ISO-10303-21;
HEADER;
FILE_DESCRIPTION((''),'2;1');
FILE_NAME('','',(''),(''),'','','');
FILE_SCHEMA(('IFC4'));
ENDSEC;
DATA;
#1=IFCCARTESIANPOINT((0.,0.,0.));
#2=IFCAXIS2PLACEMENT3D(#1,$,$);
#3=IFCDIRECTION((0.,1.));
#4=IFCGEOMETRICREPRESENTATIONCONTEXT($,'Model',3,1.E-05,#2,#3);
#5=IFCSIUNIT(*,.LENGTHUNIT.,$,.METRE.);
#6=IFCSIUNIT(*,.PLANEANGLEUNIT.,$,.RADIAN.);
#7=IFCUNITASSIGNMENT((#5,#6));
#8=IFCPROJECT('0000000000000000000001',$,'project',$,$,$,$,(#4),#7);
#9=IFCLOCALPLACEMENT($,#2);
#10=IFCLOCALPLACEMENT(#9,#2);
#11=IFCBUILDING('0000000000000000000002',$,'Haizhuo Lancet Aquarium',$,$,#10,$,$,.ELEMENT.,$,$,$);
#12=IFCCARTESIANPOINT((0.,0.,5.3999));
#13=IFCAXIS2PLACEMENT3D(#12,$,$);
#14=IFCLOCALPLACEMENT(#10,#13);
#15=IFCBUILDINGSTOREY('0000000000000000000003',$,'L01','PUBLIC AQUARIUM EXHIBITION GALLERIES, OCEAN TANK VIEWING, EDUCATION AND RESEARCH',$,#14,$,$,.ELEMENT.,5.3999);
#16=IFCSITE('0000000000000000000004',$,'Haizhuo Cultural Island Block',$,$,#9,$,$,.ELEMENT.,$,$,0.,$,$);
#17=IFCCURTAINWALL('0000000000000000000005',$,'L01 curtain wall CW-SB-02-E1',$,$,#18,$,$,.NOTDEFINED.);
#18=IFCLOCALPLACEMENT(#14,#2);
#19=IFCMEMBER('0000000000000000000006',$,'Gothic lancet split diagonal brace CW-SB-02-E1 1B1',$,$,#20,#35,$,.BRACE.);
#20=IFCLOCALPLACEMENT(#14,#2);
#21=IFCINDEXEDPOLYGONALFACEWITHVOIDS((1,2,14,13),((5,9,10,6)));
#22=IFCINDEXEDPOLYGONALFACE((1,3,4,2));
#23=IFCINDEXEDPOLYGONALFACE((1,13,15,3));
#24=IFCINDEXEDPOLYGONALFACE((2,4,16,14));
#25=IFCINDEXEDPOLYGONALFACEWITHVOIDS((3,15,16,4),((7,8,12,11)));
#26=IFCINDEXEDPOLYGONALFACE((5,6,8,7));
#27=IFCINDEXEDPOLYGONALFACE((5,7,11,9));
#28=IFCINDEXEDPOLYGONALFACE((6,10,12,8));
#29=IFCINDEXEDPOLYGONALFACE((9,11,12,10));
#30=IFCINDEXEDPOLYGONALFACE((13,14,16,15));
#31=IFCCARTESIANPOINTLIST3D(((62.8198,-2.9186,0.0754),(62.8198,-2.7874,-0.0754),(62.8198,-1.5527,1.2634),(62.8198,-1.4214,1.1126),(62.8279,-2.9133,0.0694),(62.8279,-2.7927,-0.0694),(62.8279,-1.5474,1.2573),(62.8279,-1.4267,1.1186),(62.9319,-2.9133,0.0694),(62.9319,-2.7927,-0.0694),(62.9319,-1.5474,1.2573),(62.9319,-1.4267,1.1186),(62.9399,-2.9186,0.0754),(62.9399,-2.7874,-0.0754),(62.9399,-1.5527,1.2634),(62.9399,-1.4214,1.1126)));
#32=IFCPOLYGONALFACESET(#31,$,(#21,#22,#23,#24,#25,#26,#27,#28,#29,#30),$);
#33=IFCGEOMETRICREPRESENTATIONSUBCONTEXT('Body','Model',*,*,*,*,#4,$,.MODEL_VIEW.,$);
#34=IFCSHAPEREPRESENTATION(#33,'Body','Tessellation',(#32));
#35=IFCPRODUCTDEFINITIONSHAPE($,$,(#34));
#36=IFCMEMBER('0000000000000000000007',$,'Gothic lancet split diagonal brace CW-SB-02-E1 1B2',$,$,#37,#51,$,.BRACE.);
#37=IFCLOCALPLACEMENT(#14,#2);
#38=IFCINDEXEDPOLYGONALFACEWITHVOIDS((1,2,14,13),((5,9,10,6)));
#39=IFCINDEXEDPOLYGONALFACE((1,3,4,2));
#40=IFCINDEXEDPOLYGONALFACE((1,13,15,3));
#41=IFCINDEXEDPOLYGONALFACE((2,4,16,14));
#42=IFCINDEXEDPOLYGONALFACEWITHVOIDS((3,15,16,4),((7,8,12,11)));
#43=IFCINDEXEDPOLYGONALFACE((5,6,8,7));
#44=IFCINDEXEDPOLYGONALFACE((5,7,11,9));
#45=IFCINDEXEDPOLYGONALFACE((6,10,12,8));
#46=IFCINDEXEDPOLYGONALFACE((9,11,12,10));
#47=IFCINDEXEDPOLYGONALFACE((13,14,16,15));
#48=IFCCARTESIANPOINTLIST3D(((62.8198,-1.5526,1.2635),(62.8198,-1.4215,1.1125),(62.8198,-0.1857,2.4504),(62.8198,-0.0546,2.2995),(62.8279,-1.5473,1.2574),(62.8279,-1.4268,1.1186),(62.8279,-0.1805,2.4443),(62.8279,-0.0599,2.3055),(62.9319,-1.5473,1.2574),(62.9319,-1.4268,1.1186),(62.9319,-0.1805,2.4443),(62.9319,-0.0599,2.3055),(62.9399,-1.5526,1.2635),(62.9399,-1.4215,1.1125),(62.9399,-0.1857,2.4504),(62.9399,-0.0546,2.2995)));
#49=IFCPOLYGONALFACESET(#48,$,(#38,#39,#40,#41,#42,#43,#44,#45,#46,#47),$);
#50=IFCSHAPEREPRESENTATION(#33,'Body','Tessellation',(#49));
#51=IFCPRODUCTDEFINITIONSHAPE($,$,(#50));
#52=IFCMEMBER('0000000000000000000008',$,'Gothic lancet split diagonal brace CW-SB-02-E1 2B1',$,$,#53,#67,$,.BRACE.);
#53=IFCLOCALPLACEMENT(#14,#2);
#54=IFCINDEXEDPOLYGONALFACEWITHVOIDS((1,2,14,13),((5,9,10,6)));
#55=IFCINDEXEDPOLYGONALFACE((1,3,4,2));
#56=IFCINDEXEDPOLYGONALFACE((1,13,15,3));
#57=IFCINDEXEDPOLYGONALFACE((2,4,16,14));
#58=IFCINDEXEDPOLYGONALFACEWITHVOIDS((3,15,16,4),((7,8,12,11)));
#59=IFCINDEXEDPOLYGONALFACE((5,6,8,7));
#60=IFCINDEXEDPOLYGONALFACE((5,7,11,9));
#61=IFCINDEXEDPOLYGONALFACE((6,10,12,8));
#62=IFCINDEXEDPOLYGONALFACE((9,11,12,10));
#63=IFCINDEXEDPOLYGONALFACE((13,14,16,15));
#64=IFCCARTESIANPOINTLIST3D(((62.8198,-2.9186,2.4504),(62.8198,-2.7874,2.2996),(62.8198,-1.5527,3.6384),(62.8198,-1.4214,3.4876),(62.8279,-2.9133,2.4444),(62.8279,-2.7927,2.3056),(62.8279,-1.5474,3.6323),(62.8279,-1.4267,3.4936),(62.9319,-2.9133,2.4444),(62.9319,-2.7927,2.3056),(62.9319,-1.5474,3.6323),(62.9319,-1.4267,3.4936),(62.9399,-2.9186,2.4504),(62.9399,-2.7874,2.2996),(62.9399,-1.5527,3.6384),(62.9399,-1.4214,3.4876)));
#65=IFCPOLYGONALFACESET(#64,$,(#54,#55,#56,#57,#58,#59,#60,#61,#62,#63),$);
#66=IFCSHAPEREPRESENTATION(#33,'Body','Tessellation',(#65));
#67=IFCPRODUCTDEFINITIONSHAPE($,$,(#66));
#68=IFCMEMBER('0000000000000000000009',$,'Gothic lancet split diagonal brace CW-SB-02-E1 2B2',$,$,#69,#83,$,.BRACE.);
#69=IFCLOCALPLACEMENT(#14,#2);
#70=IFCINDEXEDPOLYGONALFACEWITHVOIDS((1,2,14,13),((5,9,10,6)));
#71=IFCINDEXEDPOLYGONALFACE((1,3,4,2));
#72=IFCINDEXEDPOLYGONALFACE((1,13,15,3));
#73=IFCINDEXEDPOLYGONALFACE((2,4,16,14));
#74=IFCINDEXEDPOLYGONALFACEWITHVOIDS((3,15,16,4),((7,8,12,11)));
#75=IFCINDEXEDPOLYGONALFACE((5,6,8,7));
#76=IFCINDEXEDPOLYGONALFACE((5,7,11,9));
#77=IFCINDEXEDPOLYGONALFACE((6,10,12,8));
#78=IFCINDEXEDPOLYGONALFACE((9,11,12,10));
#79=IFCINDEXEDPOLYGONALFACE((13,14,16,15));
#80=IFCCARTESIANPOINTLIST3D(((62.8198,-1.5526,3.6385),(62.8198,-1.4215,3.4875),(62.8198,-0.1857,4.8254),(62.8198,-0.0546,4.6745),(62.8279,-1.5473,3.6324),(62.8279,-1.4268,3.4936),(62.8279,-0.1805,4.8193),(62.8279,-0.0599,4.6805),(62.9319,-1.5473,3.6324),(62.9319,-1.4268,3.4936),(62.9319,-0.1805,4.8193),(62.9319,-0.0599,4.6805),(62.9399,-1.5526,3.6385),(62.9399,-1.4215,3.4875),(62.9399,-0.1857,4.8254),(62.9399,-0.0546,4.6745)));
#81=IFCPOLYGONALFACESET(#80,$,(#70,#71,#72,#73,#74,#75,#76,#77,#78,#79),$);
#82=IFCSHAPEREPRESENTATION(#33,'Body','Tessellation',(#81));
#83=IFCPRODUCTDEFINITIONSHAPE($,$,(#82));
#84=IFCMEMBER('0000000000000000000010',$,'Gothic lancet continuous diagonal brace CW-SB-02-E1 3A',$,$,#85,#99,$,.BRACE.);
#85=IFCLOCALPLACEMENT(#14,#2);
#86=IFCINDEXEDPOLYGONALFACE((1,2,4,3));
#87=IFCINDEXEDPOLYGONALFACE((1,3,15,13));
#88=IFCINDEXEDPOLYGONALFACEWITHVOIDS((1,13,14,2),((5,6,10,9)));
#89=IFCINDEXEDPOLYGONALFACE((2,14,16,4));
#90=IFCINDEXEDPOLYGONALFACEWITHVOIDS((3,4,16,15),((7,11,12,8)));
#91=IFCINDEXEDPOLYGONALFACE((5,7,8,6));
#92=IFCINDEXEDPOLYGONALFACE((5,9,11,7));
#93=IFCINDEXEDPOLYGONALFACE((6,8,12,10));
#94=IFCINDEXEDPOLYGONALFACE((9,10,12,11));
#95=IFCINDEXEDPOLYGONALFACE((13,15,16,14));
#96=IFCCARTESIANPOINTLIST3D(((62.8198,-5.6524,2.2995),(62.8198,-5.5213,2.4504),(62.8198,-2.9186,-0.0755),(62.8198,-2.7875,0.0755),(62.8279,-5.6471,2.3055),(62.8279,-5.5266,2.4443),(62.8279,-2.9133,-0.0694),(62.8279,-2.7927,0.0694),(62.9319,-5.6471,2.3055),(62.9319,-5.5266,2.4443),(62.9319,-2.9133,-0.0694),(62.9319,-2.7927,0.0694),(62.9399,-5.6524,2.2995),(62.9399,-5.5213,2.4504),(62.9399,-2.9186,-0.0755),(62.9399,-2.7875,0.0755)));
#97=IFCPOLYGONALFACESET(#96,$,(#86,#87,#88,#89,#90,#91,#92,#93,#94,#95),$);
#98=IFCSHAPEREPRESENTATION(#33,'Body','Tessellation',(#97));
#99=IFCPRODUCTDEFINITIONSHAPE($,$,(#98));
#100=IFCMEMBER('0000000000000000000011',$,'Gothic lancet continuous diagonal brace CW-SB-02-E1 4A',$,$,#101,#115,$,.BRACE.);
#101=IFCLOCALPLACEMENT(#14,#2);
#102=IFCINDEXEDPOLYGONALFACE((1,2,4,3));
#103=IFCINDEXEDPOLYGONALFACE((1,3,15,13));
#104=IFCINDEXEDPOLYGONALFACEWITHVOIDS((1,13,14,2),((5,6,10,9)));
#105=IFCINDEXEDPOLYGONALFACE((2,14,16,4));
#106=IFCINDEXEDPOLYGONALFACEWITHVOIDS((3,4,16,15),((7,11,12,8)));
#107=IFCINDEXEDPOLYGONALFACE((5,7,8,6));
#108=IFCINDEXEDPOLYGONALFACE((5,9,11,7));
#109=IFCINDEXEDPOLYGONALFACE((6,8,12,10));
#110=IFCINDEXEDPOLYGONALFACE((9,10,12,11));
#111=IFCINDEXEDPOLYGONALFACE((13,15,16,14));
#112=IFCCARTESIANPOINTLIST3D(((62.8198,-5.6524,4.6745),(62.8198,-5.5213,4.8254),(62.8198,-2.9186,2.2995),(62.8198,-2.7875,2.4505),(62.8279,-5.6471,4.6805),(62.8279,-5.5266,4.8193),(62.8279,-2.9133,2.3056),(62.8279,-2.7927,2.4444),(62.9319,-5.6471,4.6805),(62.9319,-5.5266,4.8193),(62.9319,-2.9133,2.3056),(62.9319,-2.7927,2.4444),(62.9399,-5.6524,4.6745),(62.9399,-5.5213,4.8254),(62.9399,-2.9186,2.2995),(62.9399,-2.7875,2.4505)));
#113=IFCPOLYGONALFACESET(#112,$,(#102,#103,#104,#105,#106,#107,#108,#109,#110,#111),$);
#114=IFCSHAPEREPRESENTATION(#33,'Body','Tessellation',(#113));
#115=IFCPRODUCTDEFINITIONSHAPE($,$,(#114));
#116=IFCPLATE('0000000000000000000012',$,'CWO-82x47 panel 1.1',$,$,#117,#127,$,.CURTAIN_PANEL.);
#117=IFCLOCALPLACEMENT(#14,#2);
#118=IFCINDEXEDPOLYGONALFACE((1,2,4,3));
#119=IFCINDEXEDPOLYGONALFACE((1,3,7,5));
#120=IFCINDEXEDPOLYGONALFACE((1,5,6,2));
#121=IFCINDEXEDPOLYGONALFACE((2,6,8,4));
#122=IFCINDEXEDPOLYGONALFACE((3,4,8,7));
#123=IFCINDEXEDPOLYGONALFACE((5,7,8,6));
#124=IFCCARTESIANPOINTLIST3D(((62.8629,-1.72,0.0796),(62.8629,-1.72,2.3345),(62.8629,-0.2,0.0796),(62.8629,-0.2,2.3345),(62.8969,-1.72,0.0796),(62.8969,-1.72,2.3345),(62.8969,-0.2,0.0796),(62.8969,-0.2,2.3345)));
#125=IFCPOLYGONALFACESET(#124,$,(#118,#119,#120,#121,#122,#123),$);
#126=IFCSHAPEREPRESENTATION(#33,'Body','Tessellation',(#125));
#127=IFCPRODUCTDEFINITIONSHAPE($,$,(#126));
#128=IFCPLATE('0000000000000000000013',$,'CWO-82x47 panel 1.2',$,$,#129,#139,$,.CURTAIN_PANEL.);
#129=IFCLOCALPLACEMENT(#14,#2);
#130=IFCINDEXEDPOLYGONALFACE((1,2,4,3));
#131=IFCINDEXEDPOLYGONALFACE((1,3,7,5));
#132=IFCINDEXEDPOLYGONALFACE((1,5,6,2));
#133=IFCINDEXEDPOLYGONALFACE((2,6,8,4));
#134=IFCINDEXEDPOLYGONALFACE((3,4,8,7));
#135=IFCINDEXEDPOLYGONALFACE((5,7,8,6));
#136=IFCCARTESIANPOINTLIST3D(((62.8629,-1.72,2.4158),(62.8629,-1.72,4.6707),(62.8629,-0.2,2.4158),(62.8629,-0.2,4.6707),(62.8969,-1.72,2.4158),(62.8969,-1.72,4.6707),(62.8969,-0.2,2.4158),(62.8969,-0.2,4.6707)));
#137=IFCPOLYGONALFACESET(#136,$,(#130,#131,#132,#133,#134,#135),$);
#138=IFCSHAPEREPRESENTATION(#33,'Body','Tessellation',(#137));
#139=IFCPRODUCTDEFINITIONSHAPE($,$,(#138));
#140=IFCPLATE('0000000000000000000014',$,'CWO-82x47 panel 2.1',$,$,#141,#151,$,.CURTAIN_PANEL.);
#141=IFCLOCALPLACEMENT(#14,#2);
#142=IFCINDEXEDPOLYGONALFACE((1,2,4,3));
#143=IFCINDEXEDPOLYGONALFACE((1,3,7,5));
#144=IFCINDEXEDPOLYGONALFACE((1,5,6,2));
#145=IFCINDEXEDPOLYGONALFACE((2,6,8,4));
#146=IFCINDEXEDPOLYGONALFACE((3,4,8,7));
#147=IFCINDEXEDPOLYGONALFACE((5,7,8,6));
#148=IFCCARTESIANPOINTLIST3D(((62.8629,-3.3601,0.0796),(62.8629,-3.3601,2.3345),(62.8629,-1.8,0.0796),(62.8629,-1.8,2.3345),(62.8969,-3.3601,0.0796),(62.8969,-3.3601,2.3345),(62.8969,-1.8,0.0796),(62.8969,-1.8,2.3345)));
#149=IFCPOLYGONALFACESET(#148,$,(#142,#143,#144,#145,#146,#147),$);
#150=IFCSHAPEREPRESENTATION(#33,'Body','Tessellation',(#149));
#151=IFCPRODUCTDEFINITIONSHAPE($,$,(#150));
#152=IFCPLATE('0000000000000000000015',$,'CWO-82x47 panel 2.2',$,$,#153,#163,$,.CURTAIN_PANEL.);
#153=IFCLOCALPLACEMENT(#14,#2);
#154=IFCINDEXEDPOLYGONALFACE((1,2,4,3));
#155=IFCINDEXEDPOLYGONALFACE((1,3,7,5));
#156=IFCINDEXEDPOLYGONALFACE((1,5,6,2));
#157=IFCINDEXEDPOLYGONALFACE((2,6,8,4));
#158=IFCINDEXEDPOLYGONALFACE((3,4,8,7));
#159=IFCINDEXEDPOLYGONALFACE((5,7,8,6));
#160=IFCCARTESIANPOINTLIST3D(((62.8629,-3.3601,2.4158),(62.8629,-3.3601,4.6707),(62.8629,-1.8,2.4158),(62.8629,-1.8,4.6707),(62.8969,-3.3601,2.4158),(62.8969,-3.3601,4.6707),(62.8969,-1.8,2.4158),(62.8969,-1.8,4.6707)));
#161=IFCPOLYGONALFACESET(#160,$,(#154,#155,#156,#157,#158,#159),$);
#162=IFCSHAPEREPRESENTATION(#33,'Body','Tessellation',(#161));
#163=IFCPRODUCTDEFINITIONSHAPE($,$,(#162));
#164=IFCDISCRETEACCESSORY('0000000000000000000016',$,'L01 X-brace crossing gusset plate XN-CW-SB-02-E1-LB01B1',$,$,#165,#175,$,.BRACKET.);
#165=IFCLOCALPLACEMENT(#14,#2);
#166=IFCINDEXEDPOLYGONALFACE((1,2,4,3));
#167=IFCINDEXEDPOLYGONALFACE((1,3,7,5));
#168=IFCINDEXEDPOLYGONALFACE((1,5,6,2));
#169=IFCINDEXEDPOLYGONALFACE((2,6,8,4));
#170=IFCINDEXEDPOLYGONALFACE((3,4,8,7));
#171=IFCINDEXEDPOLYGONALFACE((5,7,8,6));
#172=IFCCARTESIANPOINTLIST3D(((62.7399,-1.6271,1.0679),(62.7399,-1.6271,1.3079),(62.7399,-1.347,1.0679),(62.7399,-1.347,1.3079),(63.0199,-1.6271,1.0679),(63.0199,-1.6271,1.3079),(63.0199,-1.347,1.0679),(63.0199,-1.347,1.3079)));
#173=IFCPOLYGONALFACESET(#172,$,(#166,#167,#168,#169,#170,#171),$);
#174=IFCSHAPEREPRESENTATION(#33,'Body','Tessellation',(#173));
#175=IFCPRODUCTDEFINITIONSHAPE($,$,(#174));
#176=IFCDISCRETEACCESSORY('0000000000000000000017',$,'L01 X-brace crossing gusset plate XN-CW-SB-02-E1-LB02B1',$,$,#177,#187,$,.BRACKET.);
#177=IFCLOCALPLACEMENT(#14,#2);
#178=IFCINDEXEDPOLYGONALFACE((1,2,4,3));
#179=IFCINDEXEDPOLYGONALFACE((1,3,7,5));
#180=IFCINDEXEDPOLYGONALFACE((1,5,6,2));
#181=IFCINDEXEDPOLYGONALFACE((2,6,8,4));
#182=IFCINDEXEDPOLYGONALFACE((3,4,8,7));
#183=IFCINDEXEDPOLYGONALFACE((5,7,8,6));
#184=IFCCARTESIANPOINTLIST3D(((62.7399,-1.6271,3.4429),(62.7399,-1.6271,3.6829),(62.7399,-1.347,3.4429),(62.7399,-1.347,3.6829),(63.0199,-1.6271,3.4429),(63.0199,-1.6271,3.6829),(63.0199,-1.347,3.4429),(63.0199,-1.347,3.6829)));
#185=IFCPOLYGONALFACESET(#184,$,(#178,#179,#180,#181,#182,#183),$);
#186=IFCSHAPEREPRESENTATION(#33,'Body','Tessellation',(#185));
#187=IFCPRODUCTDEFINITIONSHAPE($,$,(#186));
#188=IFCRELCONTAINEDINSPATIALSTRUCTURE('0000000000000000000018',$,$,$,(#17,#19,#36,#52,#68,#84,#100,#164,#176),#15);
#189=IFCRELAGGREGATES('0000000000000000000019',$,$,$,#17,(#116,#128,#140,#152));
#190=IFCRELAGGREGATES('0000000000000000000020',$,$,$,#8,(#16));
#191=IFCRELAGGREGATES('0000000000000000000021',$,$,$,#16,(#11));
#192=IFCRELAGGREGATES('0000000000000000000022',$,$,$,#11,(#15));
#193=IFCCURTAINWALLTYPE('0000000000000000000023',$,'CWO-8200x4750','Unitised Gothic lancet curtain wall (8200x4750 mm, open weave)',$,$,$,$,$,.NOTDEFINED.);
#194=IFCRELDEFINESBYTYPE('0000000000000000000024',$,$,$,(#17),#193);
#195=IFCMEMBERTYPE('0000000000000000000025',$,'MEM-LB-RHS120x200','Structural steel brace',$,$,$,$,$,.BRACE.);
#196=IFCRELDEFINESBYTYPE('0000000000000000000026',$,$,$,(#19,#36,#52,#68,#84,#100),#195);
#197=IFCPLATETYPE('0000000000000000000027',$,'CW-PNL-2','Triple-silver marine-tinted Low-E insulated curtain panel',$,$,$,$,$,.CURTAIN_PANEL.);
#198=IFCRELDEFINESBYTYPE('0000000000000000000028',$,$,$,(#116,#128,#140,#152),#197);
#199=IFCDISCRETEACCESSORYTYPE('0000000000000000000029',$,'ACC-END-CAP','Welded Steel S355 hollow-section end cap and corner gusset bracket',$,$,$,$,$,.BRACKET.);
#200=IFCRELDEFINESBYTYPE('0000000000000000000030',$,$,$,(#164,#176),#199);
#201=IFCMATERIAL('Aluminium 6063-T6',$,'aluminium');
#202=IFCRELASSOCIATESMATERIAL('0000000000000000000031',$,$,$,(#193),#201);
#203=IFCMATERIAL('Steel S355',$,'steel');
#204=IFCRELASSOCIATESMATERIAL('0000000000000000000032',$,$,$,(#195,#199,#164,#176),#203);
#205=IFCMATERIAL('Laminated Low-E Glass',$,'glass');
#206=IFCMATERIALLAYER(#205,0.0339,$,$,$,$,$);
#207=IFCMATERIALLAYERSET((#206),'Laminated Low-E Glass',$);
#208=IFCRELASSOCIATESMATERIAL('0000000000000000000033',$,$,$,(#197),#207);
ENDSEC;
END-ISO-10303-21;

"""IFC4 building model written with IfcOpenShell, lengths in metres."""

from ifc_helpers import new_model, si_unit, direction, frame, origin, origin_2d, place, context, subcontext, project, spatial, rectangle, hollow_rectangle, extrude, material, layer, layer_set, material_profile, profile_set, type_object, element, aggregate, save


model = new_model("IFC4")

# Units and contexts
model_context = context("Model", 3, precision=1e-05, world=origin(), true_north=direction((0.0, 1.0)))
body_context = subcontext(model_context, "Body", "Model", "MODEL_VIEW")
ifc_project = project(units=[si_unit("LENGTHUNIT", "METRE"), si_unit("PLANEANGLEUNIT", "RADIAN")], contexts=[model_context])

# Site, building, storey
site_placement = place(None, origin())
site = spatial("IfcSite", under=ifc_project, at=site_placement, Name="Haizhuo Cultural Island Block", CompositionType="ELEMENT", RefElevation=0.0)
building_placement = place(site_placement, origin())
building = spatial("IfcBuilding", under=site, at=building_placement, Name="Haizhuo Lancet Aquarium", CompositionType="ELEMENT")
storey_placement = place(building_placement, frame((0.0, 0.0, 5.3999)))
storey = spatial("IfcBuildingStorey", under=building, at=storey_placement, Name="L01", Description="PUBLIC AQUARIUM EXHIBITION GALLERIES, OCEAN TANK VIEWING, EDUCATION AND RESEARCH", CompositionType="ELEMENT", Elevation=5.3999)

# Curtain wall
ifc_material_1 = material(Name="Aluminium 6063-T6", Category="aluminium")
curtain_wall_type = type_object("IfcCurtainWallType", Name="CWO-8200x4750", Description="Unitised Gothic lancet curtain wall (8200x4750 mm, open weave)", PredefinedType="NOTDEFINED", material=ifc_material_1)
curtain_wall_placement = place(storey_placement, origin())
curtain_wall = element("IfcCurtainWall", 1, at=curtain_wall_placement, inside=storey, type_object=curtain_wall_type, Name="L01 curtain wall CW-SB-02-E1", PredefinedType="NOTDEFINED")

# Members
ifc_material_2 = material(Name="Steel S355", Category="steel")
ifc_material_profile_1 = material_profile(ifc_material_2, hollow_rectangle(XDim=0.1201, YDim=0.2, WallThickness=0.0081, at=origin_2d()), Name="RHS 120x200x8")
ifc_profile_set_1 = profile_set([ifc_material_profile_1], Name="Steel S355")
member_type_1 = type_object("IfcMemberType", Name="MEM-LB-RHS120x200", Description="Structural steel brace", PredefinedType="BRACE", material=ifc_profile_set_1)
for number, where, z_axis, x_axis, name in (
    (2, (62.8799, -2.853, 0.0), (0.0, 0.754553, 0.656239), (-1.0, 0.0, 0.0), "Gothic lancet split diagonal brace CW-SB-02-E1 1B1"),
    (3, (62.8799, -1.4871, 1.188), (0.0, 0.755052, 0.655664), (-1.0, 0.0, 0.0), "Gothic lancet split diagonal brace CW-SB-02-E1 1B2"),
    (4, (62.8799, -2.853, 2.375), (0.0, 0.754553, 0.656239), (-1.0, 0.0, 0.0), "Gothic lancet split diagonal brace CW-SB-02-E1 2B1"),
    (5, (62.8799, -1.4871, 3.563), (0.0, 0.755052, 0.655664), (-1.0, 0.0, 0.0), "Gothic lancet split diagonal brace CW-SB-02-E1 2B2"),
):
    element("IfcMember", number, at=place(storey_placement, frame(where, z_axis=z_axis, x_axis=x_axis)), inside=storey, type_object=member_type_1, Name=name, PredefinedType="BRACE", context=body_context, shape_type="SweptSolid", body=[
        extrude(hollow_rectangle(XDim=0.1201, YDim=0.2, WallThickness=0.0081, at=origin_2d()), origin(), (0.0, 0.0, 1.0), 1.8103),
    ])
for number, where, z_axis, x_axis, name in (
    (6, (62.8799, -2.853, 0.0), (0.0, -0.754919, 0.655818), (1.0, 0.0, 0.0), "Gothic lancet continuous diagonal brace CW-SB-02-E1 3A"),
    (7, (62.8799, -2.853, 2.375), (0.0, -0.754919, 0.655818), (1.0, 0.0, 0.0), "Gothic lancet continuous diagonal brace CW-SB-02-E1 4A"),
):
    element("IfcMember", number, at=place(storey_placement, frame(where, z_axis=z_axis, x_axis=x_axis)), inside=storey, type_object=member_type_1, Name=name, PredefinedType="BRACE", context=body_context, shape_type="SweptSolid", body=[
        extrude(hollow_rectangle(XDim=0.1201, YDim=0.2, WallThickness=0.0081, at=origin_2d()), origin(), (0.0, 0.0, 1.0), 3.6213),
    ])

# Plates
ifc_material_3 = material(Name="Laminated Low-E Glass", Category="glass")
ifc_layer = layer(ifc_material_3, 0.0339)
ifc_layer_set = layer_set([ifc_layer], Name="Laminated Low-E Glass")
plate_type = type_object("IfcPlateType", Name="CW-PNL-2", Description="Triple-silver marine-tinted Low-E insulated curtain panel", PredefinedType="CURTAIN_PANEL", material=ifc_layer_set)
plate_1_placement = place(storey_placement, frame((62.8799, -0.96, 0.0796), z_axis=(0.0, 0.0, 1.0), x_axis=(0.0, -1.0, 0.0)))
plate_1 = element("IfcPlate", 8, at=plate_1_placement, type_object=plate_type, Name="CWO-82x47 panel 1.1", PredefinedType="CURTAIN_PANEL", context=body_context, shape_type="SweptSolid", body=[
    extrude(rectangle(XDim=1.52, YDim=0.0339, at=origin_2d()), origin(), (0.0, 0.0, 1.0), 2.2549),
])
plate_2_placement = place(storey_placement, frame((62.8799, -0.96, 2.4158), z_axis=(0.0, 0.0, 1.0), x_axis=(0.0, -1.0, 0.0)))
plate_2 = element("IfcPlate", 9, at=plate_2_placement, type_object=plate_type, Name="CWO-82x47 panel 1.2", PredefinedType="CURTAIN_PANEL", context=body_context, shape_type="SweptSolid", body=[
    extrude(rectangle(XDim=1.52, YDim=0.0339, at=origin_2d()), origin(), (0.0, 0.0, 1.0), 2.2549),
])
plate_3_placement = place(storey_placement, frame((62.8799, -2.5801, 0.0796), z_axis=(0.0, 0.0, 1.0), x_axis=(0.0, -1.0, 0.0)))
plate_3 = element("IfcPlate", 10, at=plate_3_placement, type_object=plate_type, Name="CWO-82x47 panel 2.1", PredefinedType="CURTAIN_PANEL", context=body_context, shape_type="SweptSolid", body=[
    extrude(rectangle(XDim=1.5601, YDim=0.0339, at=origin_2d()), origin(), (0.0, 0.0, 1.0), 2.2549),
])
plate_4_placement = place(storey_placement, frame((62.8799, -2.5801, 2.4158), z_axis=(0.0, 0.0, 1.0), x_axis=(0.0, -1.0, 0.0)))
plate_4 = element("IfcPlate", 11, at=plate_4_placement, type_object=plate_type, Name="CWO-82x47 panel 2.2", PredefinedType="CURTAIN_PANEL", context=body_context, shape_type="SweptSolid", body=[
    extrude(rectangle(XDim=1.5601, YDim=0.0339, at=origin_2d()), origin(), (0.0, 0.0, 1.0), 2.2549),
])
aggregate(curtain_wall, [plate_1, plate_2, plate_3, plate_4])

# Discrete accessories
discrete_accessory_type = type_object("IfcDiscreteAccessoryType", Name="ACC-END-CAP", Description="Welded Steel S355 hollow-section end cap and corner gusset bracket", PredefinedType="BRACKET", material=ifc_material_2)
for number, where, z_axis, x_axis, name in (
    (12, (62.8799, -1.4871, 1.0679), (0.0, 0.0, 1.0), (1.0, 0.0, 0.0), "L01 X-brace crossing gusset plate XN-CW-SB-02-E1-LB01B1"),
    (13, (62.8799, -1.4871, 3.4429), (0.0, 0.0, 1.0), (1.0, 0.0, 0.0), "L01 X-brace crossing gusset plate XN-CW-SB-02-E1-LB02B1"),
):
    element("IfcDiscreteAccessory", number, at=place(storey_placement, frame(where, z_axis=z_axis, x_axis=x_axis)), inside=storey, type_object=discrete_accessory_type, material=ifc_material_2, Name=name, PredefinedType="BRACKET", context=body_context, shape_type="SweptSolid", body=[
        extrude(rectangle(XDim=0.28, YDim=0.28, at=origin_2d()), origin(), (0.0, 0.0, 1.0), 0.24),
    ])

save(model, "model.ifc")
